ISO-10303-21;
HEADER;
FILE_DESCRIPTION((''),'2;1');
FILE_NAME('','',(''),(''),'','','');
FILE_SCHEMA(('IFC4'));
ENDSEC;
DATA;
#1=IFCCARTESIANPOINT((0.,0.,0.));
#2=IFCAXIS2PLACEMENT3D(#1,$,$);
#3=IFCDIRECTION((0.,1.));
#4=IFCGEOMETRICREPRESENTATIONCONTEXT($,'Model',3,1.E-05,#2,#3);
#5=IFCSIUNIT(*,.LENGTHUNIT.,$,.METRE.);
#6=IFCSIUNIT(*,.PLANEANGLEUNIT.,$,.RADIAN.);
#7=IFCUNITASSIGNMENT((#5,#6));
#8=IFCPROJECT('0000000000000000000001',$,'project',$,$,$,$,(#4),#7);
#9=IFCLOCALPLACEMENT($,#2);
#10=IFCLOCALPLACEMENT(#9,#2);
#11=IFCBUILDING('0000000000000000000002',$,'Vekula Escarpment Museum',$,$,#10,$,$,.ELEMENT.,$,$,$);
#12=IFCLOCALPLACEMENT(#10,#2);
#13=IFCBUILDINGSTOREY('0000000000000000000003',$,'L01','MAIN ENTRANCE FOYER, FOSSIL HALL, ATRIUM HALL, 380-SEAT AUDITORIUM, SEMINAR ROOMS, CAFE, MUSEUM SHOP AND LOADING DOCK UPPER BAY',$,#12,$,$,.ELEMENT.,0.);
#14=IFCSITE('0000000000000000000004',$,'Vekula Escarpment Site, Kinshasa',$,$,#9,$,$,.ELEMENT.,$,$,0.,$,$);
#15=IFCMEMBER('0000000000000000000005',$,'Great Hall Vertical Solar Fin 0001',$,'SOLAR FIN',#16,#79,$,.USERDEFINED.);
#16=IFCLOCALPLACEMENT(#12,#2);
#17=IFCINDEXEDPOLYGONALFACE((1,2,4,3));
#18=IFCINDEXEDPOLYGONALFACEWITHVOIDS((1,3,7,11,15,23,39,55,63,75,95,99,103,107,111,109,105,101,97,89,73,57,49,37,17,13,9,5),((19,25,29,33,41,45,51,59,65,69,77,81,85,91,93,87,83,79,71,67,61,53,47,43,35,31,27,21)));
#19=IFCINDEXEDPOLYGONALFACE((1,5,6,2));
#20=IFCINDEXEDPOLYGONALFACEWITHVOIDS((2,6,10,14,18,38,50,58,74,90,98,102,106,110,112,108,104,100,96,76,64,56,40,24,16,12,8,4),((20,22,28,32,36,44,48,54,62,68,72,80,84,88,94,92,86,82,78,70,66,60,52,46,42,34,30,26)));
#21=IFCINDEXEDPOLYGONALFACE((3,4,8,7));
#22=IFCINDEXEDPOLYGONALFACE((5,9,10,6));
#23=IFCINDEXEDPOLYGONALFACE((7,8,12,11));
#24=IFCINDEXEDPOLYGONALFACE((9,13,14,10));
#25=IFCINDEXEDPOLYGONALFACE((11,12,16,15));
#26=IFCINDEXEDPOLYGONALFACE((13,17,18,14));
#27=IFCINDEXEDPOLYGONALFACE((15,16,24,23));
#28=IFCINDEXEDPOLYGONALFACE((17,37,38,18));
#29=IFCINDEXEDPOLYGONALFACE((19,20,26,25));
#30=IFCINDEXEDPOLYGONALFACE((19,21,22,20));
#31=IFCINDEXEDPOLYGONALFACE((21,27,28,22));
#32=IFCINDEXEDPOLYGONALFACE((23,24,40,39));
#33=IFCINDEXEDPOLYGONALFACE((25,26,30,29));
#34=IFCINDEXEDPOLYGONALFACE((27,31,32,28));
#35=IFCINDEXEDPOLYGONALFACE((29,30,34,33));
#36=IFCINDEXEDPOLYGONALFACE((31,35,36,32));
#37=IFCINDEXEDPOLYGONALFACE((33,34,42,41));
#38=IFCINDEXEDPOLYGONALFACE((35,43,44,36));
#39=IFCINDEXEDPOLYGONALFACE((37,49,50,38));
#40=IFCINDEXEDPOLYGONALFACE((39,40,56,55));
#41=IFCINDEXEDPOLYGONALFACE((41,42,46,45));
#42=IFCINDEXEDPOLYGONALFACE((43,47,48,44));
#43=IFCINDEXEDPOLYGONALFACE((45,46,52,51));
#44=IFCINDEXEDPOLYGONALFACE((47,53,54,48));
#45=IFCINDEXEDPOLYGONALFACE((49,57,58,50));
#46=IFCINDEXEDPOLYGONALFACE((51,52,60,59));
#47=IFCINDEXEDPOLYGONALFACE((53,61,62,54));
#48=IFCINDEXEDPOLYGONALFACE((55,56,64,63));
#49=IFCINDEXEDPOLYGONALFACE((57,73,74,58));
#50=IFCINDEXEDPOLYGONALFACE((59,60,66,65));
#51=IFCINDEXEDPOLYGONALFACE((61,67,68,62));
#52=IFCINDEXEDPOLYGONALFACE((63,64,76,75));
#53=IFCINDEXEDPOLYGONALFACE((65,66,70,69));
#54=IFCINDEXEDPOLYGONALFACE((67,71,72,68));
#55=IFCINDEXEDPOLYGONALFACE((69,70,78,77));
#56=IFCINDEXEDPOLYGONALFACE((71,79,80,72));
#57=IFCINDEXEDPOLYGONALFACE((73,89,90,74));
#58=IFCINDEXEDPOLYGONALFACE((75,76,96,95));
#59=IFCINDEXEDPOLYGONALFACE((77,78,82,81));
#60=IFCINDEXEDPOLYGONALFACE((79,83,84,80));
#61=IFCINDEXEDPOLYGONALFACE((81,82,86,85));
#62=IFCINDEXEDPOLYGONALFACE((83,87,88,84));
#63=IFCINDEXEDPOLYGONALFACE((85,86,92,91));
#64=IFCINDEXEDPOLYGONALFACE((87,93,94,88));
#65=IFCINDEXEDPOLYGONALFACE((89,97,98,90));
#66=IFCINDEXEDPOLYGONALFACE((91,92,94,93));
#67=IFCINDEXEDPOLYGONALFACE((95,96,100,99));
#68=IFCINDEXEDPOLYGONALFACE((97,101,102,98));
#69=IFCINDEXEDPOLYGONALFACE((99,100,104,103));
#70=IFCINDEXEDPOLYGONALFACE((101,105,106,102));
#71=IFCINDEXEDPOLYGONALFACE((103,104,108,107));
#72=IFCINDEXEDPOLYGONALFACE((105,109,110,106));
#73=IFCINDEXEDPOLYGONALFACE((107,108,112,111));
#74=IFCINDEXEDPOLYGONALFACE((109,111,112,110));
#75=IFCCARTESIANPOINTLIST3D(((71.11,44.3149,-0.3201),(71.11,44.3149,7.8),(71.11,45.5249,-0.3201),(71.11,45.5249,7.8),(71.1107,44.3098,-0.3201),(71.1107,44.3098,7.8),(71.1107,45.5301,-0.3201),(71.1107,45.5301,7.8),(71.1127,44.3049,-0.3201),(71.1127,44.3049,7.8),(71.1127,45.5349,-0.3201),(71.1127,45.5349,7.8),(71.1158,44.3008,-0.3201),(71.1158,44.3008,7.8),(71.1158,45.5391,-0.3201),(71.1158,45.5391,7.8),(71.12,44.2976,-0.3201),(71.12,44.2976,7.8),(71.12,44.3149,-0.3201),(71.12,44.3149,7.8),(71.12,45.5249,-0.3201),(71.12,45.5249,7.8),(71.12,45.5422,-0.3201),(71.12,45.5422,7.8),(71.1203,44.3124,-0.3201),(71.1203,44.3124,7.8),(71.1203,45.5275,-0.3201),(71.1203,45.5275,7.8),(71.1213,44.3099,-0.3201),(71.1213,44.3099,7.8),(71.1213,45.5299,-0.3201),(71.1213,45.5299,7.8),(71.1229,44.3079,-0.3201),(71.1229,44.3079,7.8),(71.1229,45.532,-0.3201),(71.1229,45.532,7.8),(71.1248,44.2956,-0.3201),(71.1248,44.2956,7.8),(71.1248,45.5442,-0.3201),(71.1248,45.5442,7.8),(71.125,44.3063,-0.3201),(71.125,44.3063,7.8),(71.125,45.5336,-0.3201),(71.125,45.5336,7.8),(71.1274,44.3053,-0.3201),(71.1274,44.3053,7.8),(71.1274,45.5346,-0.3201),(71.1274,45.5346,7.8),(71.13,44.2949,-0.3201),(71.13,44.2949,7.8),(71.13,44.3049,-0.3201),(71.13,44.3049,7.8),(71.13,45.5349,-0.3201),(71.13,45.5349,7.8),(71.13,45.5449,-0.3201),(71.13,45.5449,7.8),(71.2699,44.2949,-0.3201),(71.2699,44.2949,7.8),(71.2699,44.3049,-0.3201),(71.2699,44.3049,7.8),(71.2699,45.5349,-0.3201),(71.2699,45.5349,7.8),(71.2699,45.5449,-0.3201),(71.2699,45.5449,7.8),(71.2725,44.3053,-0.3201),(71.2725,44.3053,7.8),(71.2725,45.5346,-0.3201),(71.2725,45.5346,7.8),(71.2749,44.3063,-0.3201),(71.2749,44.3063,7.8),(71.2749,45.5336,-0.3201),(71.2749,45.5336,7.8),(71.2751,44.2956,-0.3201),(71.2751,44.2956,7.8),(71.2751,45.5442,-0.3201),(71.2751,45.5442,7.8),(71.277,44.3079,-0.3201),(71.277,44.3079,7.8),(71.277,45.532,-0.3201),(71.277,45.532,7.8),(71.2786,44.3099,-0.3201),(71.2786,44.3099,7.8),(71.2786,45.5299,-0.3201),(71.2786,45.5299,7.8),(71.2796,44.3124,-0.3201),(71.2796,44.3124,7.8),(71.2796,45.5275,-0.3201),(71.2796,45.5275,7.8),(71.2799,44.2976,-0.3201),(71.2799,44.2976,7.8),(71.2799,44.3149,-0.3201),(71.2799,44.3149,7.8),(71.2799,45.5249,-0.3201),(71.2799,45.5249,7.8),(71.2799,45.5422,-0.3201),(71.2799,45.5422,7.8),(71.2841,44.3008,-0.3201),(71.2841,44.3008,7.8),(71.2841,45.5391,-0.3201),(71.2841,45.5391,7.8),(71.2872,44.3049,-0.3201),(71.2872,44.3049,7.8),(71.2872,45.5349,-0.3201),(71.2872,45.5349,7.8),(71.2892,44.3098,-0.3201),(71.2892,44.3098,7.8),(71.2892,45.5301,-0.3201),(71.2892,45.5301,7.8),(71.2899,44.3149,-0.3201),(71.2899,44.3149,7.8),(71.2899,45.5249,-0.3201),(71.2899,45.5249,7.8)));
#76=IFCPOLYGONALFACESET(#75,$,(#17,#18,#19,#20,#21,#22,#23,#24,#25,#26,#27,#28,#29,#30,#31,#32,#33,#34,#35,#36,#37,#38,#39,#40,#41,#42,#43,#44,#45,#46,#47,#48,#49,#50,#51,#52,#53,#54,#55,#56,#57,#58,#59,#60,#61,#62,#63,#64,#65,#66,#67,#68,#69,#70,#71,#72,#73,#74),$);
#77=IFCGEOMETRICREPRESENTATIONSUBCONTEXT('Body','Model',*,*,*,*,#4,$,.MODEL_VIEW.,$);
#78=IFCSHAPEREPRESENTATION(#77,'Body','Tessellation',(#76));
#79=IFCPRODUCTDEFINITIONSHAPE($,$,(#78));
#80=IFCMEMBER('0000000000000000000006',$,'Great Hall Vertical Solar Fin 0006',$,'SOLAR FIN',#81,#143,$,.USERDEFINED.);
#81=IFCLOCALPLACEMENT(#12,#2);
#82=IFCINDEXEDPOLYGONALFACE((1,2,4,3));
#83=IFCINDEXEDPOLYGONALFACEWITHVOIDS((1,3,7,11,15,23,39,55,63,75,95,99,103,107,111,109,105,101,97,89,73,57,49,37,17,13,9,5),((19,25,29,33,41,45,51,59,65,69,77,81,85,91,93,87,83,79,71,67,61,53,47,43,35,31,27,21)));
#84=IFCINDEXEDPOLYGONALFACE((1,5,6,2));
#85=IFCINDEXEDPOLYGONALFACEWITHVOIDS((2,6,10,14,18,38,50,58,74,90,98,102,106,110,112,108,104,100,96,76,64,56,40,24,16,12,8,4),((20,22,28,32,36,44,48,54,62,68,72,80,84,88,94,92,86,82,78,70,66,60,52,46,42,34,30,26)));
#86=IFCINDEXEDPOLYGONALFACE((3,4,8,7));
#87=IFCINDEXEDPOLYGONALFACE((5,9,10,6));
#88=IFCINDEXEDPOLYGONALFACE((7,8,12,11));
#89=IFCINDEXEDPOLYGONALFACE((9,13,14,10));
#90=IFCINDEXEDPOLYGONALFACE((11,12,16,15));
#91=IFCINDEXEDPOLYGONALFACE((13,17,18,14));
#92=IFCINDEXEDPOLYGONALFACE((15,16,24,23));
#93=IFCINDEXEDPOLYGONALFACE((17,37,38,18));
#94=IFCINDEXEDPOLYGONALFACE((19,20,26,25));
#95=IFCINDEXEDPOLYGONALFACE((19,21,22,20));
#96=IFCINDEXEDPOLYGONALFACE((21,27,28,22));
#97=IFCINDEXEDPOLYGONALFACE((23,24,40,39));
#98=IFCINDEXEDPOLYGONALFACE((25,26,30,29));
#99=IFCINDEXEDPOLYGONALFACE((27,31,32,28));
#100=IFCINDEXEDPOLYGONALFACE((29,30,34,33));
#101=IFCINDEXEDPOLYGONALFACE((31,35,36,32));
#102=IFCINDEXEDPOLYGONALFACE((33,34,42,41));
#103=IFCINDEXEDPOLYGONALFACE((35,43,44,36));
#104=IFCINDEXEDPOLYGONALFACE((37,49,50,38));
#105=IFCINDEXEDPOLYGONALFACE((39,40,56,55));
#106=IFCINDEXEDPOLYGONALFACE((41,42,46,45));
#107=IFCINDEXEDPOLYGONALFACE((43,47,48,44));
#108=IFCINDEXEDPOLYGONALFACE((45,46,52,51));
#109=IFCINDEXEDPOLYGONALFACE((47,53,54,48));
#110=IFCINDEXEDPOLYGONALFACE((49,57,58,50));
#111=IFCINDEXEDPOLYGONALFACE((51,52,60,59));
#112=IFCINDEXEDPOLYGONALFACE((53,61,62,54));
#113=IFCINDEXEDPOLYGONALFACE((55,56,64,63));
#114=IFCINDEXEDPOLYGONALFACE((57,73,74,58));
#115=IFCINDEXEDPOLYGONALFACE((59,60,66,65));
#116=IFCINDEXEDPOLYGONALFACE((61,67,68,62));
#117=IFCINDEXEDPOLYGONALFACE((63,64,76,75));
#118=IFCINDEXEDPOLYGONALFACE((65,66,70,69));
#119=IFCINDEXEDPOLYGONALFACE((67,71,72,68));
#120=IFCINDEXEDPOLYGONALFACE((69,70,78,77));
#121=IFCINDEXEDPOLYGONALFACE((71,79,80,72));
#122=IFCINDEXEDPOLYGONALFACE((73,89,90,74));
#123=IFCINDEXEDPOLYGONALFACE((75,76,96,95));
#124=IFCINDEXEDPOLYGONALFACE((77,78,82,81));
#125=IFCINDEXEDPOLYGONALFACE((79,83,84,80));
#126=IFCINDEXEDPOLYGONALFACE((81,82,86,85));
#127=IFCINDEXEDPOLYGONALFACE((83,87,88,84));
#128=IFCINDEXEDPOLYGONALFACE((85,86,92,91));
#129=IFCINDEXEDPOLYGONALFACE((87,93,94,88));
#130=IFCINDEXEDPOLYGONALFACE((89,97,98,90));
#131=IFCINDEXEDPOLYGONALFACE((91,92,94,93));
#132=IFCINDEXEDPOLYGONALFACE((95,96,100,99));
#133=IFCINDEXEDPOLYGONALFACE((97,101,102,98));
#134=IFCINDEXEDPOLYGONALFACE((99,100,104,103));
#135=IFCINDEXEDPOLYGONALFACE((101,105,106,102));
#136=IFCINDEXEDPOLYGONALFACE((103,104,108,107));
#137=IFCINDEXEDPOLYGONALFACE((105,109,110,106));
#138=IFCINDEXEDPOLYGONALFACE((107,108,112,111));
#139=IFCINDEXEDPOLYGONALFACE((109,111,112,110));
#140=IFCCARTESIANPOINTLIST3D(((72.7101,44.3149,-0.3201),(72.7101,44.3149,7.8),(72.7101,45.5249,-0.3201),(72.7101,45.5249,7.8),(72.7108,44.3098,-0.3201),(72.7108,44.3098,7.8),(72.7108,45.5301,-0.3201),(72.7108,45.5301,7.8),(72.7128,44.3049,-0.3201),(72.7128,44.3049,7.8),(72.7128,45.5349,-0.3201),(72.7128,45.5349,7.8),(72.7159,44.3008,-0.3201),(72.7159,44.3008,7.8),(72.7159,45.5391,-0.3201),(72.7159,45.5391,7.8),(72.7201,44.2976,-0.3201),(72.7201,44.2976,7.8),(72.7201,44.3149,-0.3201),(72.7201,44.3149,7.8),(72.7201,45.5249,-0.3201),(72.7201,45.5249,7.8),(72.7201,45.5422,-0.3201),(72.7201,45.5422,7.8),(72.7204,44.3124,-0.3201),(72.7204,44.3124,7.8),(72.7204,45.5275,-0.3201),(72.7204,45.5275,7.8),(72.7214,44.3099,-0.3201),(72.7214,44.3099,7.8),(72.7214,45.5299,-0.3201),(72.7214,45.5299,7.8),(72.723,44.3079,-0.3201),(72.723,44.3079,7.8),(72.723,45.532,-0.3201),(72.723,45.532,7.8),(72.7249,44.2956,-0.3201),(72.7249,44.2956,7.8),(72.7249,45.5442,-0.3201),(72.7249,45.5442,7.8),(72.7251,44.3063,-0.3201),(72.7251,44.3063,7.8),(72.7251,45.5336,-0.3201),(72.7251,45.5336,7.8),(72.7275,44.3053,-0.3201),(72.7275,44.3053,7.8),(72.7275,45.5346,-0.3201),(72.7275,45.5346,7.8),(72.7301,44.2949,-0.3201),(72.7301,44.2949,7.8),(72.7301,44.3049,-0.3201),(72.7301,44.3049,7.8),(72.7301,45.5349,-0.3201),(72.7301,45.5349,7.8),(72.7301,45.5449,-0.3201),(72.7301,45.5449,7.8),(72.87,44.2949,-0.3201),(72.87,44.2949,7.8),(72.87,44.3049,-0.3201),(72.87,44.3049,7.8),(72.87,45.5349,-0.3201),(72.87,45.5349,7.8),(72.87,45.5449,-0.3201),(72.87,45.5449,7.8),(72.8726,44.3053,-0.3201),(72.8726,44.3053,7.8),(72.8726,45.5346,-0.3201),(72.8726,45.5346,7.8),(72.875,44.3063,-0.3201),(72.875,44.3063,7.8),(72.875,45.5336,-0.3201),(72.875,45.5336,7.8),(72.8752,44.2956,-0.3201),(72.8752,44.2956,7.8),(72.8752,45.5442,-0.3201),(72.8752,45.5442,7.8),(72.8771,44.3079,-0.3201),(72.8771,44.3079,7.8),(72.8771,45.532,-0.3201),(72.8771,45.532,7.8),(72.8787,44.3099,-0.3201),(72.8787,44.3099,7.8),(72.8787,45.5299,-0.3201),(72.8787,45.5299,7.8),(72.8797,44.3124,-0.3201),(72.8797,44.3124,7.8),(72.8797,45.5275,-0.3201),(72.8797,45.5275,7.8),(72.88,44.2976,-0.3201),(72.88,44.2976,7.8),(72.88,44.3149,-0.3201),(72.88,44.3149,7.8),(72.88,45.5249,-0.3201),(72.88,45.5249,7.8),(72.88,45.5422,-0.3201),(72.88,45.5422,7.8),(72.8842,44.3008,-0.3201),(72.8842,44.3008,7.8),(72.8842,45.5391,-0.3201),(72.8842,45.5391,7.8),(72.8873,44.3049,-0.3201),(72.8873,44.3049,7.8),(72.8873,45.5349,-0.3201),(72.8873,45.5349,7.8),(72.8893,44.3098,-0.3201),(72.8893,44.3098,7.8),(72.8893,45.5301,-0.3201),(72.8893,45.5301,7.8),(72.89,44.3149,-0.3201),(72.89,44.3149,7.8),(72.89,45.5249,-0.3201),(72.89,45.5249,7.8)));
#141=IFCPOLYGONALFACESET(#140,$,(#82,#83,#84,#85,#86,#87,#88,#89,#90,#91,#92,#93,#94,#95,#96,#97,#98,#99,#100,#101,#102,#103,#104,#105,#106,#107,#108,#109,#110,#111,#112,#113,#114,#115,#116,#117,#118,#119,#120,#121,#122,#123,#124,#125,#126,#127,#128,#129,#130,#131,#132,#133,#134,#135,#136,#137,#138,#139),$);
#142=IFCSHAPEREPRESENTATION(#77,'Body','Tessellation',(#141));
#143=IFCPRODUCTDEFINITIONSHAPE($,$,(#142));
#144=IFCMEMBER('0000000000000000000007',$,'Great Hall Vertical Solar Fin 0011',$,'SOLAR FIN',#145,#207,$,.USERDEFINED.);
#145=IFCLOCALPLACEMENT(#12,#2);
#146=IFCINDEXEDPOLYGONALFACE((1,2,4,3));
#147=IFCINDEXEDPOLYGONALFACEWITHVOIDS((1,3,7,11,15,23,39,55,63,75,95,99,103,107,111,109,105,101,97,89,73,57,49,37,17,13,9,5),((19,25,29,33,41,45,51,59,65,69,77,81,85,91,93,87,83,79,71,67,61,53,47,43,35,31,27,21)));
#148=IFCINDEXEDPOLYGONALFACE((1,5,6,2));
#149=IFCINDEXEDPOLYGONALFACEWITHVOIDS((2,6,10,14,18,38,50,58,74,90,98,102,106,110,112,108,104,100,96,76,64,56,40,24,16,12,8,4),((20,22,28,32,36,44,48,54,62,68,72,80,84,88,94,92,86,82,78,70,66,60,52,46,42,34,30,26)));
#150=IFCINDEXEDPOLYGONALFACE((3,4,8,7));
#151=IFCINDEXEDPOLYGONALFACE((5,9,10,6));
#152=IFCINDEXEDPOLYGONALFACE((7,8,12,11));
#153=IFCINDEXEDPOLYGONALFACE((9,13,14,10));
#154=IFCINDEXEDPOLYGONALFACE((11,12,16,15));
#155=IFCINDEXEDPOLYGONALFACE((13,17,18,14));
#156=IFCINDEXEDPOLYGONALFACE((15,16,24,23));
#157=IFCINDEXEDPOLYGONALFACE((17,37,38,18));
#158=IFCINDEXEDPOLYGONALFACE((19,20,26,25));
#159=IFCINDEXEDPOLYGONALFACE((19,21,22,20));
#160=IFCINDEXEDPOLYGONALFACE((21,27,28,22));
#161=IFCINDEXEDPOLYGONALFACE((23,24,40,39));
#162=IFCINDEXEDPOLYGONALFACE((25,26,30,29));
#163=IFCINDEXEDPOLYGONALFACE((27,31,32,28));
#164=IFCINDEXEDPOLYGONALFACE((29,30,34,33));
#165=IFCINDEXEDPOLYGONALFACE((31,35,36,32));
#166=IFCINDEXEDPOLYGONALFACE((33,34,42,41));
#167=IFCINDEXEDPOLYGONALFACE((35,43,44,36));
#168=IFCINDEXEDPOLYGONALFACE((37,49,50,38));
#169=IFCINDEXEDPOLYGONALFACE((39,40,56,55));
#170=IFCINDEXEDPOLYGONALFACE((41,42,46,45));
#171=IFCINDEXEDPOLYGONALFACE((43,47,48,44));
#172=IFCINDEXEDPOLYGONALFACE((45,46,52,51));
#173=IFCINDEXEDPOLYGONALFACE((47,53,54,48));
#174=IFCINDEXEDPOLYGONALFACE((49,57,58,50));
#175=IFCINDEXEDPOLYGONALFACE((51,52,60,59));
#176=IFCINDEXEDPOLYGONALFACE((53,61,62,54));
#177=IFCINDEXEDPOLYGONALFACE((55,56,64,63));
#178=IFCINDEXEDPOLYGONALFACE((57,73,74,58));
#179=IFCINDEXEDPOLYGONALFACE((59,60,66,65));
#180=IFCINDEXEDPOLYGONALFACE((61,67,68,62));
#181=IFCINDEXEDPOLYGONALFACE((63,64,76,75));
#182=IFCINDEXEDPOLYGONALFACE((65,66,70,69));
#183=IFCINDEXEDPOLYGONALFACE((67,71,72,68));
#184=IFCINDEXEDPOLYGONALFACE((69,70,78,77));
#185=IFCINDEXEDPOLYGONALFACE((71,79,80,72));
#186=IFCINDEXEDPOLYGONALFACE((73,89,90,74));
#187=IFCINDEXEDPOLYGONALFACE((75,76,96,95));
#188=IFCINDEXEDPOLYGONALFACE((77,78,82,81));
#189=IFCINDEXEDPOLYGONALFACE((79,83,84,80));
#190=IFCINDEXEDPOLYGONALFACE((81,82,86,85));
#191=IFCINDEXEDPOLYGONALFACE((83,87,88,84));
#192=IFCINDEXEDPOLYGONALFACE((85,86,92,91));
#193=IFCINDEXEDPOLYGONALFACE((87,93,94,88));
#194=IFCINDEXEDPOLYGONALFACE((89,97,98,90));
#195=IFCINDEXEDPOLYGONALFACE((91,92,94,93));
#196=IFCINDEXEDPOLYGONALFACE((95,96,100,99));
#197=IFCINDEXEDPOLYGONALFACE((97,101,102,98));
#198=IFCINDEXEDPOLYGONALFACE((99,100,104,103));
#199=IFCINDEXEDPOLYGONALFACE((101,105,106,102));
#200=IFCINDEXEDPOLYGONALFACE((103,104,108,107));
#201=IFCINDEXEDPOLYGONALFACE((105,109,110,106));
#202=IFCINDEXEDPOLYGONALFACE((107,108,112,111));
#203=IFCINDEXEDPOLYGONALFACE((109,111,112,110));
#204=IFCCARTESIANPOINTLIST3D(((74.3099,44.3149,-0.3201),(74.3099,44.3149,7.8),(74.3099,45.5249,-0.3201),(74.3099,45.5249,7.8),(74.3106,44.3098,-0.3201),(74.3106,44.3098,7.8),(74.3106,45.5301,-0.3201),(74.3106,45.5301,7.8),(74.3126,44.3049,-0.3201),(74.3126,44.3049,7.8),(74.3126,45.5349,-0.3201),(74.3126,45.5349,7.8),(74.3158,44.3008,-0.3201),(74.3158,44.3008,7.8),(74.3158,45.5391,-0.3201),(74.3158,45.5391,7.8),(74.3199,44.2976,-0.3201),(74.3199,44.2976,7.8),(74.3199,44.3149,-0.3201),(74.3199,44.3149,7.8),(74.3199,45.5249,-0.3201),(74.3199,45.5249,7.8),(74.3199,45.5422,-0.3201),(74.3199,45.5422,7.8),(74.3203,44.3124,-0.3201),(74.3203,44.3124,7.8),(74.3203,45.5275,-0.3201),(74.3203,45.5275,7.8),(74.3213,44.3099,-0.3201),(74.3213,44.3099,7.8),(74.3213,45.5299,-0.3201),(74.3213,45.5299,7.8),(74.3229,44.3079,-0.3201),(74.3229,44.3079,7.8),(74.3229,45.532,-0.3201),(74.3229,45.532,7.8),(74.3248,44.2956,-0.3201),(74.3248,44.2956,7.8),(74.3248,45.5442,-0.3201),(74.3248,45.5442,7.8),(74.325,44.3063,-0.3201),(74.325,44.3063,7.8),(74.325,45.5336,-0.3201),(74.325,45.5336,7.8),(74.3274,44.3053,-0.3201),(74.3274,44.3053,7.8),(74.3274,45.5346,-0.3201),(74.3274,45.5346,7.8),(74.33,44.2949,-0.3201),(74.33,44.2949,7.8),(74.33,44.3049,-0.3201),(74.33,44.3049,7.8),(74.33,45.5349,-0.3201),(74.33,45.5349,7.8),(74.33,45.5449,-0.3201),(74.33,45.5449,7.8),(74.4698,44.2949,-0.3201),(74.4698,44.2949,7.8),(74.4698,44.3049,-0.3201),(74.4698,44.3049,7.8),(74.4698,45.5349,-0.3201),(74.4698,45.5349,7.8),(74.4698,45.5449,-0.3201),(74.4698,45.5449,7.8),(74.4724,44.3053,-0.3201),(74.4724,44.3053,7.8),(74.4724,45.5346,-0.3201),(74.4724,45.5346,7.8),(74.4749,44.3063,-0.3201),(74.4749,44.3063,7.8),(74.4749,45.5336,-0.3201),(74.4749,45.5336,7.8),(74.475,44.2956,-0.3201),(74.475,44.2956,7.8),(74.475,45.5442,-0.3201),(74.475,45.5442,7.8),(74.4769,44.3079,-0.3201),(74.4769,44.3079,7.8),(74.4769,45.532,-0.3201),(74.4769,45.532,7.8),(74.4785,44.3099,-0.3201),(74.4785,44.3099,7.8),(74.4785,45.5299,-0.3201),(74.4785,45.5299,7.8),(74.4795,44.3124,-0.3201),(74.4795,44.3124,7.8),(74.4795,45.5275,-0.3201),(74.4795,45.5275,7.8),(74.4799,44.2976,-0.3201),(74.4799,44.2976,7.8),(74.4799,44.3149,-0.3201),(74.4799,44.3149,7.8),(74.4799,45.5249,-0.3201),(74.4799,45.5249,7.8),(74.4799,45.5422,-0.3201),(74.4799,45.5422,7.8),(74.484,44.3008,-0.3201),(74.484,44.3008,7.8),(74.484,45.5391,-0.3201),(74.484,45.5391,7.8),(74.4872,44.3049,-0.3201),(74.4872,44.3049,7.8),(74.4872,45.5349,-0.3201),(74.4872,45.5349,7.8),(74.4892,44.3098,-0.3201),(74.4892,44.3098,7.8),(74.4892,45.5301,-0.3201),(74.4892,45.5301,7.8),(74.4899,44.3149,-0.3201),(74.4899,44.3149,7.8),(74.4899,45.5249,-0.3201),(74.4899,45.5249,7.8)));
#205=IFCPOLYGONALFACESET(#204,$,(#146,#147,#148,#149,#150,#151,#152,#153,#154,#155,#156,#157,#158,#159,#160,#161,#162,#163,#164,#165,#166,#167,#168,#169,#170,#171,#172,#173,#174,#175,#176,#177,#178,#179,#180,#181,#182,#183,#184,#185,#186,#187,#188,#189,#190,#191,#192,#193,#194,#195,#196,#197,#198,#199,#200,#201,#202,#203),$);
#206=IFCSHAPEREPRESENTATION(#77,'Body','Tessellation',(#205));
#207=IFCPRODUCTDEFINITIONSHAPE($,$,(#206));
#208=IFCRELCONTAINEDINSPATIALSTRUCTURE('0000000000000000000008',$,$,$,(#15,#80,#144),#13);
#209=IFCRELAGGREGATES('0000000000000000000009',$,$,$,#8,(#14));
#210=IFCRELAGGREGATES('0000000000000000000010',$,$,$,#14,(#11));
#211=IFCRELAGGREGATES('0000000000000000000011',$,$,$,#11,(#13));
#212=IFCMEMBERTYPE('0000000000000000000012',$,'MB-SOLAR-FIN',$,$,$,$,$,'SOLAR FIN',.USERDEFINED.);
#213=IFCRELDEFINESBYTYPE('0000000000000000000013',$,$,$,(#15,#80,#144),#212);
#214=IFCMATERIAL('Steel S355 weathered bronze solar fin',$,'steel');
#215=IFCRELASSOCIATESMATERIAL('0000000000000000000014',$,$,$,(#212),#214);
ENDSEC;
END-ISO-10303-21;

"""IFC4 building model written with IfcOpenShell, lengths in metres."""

from ifc_helpers import new_model, si_unit, direction, frame, origin, origin_2d, place, context, subcontext, project, spatial, hollow_rectangle, extrude, material, material_profile, profile_set, type_object, element, save


model = new_model("IFC4")

# Units and contexts
model_context = context("Model", 3, precision=1e-05, world=origin(), true_north=direction((0.0, 1.0)))
body_context = subcontext(model_context, "Body", "Model", "MODEL_VIEW")
ifc_project = project(units=[si_unit("LENGTHUNIT", "METRE"), si_unit("PLANEANGLEUNIT", "RADIAN")], contexts=[model_context])

# Site, building, storey
site_placement = place(None, origin())
site = spatial("IfcSite", under=ifc_project, at=site_placement, Name="Vekula Escarpment Site, Kinshasa", CompositionType="ELEMENT", RefElevation=0.0)
building_placement = place(site_placement, origin())
building = spatial("IfcBuilding", under=site, at=building_placement, Name="Vekula Escarpment Museum", CompositionType="ELEMENT")
storey_placement = place(building_placement, origin())
storey = spatial("IfcBuildingStorey", under=building, at=storey_placement, Name="L01", Description="MAIN ENTRANCE FOYER, FOSSIL HALL, ATRIUM HALL, 380-SEAT AUDITORIUM, SEMINAR ROOMS, CAFE, MUSEUM SHOP AND LOADING DOCK UPPER BAY", CompositionType="ELEMENT", Elevation=0.0)

# Members
ifc_material_1 = material(Name="Steel S355 weathered bronze solar fin", Category="steel")
ifc_material_profile_1 = material_profile(ifc_material_1, hollow_rectangle(XDim=0.1799, YDim=1.25, WallThickness=0.01, InnerFilletRadius=0.01, OuterFilletRadius=0.02, at=origin_2d()), Name="RHS 1250x180x10")
ifc_profile_set_1 = profile_set([ifc_material_profile_1], Name="Steel S355 weathered bronze solar fin")
member_type_1 = type_object("IfcMemberType", Name="MB-SOLAR-FIN", ElementType="SOLAR FIN", PredefinedType="USERDEFINED", material=ifc_profile_set_1)
for number, where, z_axis, x_axis, name in (
    (1, (71.2, 44.9199, -0.3201), (0.0, 0.0, 1.0), (1.0, 0.0, 0.0), "Great Hall Vertical Solar Fin 0001"),
    (2, (72.8, 44.9199, -0.3201), (0.0, 0.0, 1.0), (1.0, 0.0, 0.0), "Great Hall Vertical Solar Fin 0006"),
    (3, (74.3999, 44.9199, -0.3201), (0.0, 0.0, 1.0), (1.0, 0.0, 0.0), "Great Hall Vertical Solar Fin 0011"),
):
    element("IfcMember", number, at=place(storey_placement, frame(where, z_axis=z_axis, x_axis=x_axis)), inside=storey, type_object=member_type_1, Name=name, ObjectType="SOLAR FIN", PredefinedType="USERDEFINED", context=body_context, shape_type="SweptSolid", body=[
        extrude(hollow_rectangle(XDim=0.1799, YDim=1.25, WallThickness=0.01, InnerFilletRadius=0.01, OuterFilletRadius=0.02, at=origin_2d()), origin(), (0.0, 0.0, 1.0), 8.1201),
    ])

save(model, "model.ifc")
